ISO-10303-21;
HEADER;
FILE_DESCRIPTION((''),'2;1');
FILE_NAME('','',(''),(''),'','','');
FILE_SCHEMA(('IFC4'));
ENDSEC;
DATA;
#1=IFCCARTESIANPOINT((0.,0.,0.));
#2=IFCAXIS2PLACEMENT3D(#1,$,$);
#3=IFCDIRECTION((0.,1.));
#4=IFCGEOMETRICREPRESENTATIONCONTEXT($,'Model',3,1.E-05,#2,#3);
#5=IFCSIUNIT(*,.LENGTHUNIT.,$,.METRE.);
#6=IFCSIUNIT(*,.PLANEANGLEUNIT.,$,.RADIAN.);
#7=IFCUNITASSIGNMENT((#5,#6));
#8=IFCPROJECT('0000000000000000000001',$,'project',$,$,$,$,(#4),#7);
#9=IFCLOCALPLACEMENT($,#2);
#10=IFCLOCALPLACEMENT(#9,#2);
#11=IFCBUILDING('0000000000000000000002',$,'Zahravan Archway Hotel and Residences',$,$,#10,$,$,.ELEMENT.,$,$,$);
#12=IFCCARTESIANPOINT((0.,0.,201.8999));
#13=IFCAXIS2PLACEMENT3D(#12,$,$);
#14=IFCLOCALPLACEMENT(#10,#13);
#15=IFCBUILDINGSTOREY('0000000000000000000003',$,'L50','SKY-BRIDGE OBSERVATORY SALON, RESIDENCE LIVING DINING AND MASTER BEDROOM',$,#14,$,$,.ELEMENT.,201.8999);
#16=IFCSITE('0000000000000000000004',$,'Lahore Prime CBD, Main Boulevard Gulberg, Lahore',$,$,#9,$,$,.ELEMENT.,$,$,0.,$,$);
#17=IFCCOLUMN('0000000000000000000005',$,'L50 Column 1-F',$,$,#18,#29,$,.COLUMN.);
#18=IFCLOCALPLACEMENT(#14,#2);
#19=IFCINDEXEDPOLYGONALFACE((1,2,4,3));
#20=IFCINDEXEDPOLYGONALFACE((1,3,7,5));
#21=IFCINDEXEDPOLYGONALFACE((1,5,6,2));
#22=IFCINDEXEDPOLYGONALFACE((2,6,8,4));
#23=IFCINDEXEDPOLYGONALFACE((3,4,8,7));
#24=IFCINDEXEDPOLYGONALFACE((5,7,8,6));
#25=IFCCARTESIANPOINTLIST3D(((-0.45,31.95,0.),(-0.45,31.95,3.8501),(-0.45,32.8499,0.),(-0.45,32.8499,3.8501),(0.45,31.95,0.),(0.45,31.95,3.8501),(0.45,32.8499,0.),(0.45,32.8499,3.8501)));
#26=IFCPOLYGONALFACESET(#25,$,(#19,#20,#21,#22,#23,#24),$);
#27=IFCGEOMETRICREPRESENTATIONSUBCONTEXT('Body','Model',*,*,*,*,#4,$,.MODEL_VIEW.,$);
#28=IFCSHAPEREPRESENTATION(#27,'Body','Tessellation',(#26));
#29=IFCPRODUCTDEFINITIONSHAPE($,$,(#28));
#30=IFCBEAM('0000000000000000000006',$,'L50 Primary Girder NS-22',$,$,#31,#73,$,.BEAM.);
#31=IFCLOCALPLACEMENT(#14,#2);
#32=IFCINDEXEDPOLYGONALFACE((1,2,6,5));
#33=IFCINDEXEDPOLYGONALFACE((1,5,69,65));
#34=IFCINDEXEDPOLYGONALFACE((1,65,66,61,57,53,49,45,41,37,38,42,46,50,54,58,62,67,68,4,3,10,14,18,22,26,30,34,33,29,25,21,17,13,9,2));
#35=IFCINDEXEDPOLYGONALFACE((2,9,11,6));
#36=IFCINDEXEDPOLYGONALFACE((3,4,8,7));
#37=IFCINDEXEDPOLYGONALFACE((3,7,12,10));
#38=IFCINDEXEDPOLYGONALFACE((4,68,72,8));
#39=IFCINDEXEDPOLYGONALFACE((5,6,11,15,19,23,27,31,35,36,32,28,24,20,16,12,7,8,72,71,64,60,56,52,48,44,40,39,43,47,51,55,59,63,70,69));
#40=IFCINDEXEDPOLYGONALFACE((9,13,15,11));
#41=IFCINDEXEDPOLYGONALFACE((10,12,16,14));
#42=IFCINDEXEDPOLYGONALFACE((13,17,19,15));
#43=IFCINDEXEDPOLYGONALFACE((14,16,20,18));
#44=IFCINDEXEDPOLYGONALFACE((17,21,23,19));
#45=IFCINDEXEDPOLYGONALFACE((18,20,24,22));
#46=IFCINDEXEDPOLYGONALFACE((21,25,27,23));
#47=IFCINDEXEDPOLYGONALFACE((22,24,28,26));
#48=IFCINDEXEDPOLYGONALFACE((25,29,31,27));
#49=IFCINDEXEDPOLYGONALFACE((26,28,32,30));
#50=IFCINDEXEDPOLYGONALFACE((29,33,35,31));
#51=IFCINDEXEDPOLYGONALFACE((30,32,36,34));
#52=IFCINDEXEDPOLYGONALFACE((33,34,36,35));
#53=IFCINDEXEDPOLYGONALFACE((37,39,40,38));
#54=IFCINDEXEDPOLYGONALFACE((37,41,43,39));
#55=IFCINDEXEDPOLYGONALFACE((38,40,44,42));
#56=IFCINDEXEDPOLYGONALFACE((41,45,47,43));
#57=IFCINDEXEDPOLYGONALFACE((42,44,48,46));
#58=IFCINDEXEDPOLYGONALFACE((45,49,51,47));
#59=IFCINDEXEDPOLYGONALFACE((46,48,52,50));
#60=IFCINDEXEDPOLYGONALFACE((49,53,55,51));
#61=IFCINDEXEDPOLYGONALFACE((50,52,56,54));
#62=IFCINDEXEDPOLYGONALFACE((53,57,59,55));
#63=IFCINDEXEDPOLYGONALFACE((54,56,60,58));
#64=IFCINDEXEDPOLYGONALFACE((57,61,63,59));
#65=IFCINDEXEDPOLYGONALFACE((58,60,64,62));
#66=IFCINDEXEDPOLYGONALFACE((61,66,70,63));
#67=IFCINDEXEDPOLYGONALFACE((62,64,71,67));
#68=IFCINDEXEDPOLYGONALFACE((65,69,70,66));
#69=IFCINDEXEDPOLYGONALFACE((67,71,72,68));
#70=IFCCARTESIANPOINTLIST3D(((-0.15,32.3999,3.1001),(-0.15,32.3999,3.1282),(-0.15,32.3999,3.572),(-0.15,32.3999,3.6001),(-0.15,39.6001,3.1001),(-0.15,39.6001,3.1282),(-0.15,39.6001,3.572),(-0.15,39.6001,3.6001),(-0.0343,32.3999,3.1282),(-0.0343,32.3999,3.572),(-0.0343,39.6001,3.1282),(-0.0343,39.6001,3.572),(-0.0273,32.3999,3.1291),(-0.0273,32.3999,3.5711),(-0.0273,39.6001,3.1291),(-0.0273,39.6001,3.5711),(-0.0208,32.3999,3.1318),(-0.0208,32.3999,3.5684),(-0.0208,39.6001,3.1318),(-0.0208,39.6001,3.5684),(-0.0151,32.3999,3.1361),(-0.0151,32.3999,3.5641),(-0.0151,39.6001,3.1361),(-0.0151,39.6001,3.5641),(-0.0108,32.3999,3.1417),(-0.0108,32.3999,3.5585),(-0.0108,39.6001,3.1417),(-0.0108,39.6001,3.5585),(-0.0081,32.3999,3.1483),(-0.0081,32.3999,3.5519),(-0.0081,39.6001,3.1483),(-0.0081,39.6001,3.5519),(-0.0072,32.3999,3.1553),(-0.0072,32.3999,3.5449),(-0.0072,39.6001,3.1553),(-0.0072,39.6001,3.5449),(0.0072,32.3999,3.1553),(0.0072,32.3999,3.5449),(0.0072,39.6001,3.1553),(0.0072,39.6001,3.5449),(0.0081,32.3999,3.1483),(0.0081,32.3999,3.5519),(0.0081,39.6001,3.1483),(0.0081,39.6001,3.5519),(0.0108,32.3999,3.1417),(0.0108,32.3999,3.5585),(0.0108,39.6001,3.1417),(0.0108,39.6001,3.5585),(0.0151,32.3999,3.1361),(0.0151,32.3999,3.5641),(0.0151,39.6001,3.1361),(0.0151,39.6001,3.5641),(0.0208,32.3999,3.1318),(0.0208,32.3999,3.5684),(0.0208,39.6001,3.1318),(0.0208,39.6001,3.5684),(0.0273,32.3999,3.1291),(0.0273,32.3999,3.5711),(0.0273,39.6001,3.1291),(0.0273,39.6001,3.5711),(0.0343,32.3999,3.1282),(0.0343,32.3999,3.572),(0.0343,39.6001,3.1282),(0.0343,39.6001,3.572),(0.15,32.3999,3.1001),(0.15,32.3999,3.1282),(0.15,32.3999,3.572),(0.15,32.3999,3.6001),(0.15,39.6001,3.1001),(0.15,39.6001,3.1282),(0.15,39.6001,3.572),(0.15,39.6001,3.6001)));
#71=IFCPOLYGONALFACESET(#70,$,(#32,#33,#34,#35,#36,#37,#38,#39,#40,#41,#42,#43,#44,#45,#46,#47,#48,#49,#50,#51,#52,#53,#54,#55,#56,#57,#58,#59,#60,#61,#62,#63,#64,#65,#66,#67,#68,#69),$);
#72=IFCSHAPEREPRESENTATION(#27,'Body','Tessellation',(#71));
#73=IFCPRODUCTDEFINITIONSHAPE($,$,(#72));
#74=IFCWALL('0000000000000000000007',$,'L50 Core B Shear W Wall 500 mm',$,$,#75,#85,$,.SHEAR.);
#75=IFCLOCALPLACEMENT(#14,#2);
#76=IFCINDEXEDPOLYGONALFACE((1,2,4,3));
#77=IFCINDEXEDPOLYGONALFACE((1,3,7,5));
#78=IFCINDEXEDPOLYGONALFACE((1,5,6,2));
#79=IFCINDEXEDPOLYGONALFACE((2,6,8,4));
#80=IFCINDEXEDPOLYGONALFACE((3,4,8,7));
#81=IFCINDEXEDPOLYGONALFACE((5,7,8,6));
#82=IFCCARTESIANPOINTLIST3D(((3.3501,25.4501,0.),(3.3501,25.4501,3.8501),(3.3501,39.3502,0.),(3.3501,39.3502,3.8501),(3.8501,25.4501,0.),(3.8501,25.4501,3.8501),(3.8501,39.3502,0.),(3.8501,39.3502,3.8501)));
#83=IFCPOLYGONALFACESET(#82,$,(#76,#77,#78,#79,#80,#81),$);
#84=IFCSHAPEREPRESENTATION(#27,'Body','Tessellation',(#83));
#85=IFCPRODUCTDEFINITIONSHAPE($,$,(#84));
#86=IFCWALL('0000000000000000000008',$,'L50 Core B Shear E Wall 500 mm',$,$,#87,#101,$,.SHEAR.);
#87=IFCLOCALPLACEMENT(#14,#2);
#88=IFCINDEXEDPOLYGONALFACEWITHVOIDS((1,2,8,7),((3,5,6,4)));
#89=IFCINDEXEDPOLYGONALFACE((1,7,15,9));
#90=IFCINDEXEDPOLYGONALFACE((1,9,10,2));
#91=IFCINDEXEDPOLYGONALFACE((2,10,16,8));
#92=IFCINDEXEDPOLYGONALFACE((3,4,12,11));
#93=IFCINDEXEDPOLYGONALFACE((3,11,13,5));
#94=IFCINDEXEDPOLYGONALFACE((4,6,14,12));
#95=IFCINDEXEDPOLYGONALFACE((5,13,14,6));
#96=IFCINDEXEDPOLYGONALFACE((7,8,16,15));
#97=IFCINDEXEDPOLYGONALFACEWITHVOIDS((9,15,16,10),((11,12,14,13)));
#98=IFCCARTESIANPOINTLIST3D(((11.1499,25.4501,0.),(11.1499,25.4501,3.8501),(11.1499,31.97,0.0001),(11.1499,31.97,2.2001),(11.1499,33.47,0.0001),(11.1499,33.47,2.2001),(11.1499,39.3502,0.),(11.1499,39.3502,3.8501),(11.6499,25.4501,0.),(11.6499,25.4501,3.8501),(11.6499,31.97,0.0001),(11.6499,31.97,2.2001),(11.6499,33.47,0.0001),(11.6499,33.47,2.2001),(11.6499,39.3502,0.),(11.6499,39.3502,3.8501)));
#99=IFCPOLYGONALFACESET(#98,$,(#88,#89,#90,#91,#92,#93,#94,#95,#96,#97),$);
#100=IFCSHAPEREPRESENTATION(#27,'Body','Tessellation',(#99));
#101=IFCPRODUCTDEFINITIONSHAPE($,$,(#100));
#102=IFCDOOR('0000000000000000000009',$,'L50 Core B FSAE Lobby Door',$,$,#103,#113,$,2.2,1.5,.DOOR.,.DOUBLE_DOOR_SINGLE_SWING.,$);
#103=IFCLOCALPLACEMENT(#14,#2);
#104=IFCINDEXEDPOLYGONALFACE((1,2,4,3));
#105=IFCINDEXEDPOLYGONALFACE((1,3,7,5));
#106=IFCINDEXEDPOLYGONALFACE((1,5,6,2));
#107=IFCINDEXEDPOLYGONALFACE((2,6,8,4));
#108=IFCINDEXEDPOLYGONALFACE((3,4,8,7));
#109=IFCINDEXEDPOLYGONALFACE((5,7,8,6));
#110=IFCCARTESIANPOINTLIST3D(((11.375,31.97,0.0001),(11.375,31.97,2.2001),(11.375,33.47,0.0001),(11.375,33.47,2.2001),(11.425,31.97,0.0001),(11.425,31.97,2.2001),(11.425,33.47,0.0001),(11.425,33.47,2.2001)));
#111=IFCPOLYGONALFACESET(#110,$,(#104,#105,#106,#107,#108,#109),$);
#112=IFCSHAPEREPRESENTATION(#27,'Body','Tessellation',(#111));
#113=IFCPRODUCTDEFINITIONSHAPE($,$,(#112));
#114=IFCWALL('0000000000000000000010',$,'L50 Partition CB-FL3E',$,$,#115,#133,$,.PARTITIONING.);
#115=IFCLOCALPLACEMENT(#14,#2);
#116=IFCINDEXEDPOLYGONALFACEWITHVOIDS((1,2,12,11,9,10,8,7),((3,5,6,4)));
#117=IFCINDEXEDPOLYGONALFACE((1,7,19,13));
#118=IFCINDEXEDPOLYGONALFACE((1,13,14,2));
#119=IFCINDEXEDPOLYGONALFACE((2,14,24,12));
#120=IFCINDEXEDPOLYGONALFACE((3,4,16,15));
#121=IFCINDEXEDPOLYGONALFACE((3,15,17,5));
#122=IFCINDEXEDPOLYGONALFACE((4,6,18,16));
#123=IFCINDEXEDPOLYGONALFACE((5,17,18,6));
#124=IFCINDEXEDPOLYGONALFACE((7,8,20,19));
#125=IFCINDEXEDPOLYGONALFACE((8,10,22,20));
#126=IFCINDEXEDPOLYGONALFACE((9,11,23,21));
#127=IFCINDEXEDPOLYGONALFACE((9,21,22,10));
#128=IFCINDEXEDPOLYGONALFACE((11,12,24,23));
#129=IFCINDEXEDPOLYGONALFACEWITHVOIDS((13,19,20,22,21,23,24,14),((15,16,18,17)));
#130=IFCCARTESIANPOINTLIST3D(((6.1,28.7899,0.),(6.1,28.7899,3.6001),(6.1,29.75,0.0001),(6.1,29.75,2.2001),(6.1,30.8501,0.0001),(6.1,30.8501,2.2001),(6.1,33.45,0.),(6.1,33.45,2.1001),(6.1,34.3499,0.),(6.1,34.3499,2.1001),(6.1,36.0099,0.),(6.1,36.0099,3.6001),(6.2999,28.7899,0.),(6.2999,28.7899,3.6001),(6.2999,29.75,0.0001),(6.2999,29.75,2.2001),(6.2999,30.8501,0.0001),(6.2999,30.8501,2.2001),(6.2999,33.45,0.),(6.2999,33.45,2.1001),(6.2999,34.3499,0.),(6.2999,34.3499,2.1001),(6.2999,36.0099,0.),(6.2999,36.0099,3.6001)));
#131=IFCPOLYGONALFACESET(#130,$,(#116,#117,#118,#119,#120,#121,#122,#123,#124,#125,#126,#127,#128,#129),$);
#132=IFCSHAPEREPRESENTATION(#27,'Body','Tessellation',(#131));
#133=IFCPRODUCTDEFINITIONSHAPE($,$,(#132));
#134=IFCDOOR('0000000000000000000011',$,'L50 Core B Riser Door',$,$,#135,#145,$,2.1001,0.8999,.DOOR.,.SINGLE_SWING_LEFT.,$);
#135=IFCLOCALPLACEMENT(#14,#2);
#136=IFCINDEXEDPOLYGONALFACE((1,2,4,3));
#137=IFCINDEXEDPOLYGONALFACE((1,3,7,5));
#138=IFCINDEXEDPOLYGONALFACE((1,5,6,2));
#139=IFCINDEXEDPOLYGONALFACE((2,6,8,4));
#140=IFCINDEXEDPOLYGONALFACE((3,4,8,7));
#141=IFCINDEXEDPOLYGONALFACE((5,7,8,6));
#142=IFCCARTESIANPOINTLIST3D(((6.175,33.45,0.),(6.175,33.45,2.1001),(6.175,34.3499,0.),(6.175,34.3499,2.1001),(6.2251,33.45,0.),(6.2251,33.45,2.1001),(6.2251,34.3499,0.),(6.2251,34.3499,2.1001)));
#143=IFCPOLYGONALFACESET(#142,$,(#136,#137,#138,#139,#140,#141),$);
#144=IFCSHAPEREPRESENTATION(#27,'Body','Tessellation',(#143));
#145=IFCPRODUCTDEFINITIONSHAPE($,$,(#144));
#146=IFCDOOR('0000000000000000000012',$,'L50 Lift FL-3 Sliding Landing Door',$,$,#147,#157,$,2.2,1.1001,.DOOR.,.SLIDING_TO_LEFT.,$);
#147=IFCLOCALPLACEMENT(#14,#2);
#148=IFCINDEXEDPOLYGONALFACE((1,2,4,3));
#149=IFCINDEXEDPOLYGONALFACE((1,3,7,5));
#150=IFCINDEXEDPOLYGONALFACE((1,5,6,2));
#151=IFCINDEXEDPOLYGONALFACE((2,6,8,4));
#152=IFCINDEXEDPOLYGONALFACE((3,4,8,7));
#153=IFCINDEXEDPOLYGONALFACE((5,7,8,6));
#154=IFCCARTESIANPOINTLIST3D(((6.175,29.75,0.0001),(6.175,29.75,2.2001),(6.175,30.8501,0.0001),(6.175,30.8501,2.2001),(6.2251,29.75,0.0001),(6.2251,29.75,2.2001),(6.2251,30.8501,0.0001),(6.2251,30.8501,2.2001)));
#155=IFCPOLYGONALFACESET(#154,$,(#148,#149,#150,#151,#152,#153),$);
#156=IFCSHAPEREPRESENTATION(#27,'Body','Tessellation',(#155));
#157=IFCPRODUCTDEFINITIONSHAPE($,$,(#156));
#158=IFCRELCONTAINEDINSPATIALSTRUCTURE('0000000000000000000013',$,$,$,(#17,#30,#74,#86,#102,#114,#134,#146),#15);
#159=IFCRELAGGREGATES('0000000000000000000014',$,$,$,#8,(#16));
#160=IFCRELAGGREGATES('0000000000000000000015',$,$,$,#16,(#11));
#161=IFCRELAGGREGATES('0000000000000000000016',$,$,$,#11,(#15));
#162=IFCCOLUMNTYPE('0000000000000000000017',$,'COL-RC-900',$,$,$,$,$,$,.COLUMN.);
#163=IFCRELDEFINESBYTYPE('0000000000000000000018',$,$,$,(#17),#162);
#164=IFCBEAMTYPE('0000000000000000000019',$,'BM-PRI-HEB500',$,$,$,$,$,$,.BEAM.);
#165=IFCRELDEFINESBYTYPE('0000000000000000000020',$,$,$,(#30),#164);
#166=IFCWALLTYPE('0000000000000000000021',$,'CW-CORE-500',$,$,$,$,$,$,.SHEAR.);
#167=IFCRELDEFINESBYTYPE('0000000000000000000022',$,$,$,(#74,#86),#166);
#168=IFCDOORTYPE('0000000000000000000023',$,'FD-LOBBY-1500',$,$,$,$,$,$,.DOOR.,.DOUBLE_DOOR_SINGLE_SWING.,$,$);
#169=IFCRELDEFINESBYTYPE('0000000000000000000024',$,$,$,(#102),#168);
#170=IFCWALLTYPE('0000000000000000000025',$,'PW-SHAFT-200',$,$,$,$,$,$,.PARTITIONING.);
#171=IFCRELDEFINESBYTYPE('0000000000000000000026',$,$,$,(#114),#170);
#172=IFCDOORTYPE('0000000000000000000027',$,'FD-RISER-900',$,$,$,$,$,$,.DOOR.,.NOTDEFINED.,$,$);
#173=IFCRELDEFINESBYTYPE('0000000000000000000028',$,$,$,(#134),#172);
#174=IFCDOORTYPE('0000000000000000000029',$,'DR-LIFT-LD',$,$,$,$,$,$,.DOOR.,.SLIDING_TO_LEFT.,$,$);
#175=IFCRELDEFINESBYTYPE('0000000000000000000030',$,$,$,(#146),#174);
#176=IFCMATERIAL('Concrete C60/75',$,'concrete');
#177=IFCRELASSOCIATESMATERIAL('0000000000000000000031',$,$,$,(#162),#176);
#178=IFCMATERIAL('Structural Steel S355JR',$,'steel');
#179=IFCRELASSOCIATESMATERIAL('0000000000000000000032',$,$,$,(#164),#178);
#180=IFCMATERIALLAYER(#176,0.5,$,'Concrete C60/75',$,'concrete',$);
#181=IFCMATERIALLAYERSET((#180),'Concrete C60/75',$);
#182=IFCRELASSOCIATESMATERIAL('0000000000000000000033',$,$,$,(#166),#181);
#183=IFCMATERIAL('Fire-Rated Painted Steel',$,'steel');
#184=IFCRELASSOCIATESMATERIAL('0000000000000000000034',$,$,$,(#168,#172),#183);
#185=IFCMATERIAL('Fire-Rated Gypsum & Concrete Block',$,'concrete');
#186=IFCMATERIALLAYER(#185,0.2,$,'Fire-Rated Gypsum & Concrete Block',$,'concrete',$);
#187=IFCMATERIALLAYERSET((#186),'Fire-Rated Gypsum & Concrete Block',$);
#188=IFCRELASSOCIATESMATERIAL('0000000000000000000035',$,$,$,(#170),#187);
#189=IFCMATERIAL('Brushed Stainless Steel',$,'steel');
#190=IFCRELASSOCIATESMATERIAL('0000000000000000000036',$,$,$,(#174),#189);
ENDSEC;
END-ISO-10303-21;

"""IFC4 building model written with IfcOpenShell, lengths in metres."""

from ifc_helpers import new_model, si_unit, direction, frame, frame_2d, origin, origin_2d, place, context, subcontext, project, spatial, rectangle, i_section, extrude, source, transform, mapped, material, layer, layer_set, material_profile, profile_set, type_object, type_shapes, element, fill, save


model = new_model("IFC4")

# Units and contexts
model_context = context("Model", 3, precision=1e-05, world=origin(), true_north=direction((0.0, 1.0)))
body_context = subcontext(model_context, "Body", "Model", "MODEL_VIEW")
ifc_project = project(units=[si_unit("LENGTHUNIT", "METRE"), si_unit("PLANEANGLEUNIT", "RADIAN")], contexts=[model_context])

# Site, building, storey
site_placement = place(None, origin())
site = spatial("IfcSite", under=ifc_project, at=site_placement, Name="Lahore Prime CBD, Main Boulevard Gulberg, Lahore", CompositionType="ELEMENT", RefElevation=0.0)
building_placement = place(site_placement, origin())
building = spatial("IfcBuilding", under=site, at=building_placement, Name="Zahravan Archway Hotel and Residences", CompositionType="ELEMENT")
storey_placement = place(building_placement, frame((0.0, 0.0, 201.8999)))
storey = spatial("IfcBuildingStorey", under=building, at=storey_placement, Name="L50", Description="SKY-BRIDGE OBSERVATORY SALON, RESIDENCE LIVING DINING AND MASTER BEDROOM", CompositionType="ELEMENT", Elevation=201.8999)

# Column
ifc_material_1 = material(Name="Concrete C60/75", Category="concrete")
ifc_material_profile_1 = material_profile(ifc_material_1, rectangle(XDim=0.8999, YDim=0.8999, at=origin_2d()), Name="RC-COL-900x900", Category="concrete")
ifc_profile_set_1 = profile_set([ifc_material_profile_1], Name="Concrete C60/75")
column_type = type_object("IfcColumnType", Name="COL-RC-900", PredefinedType="COLUMN", material=ifc_profile_set_1)
shared_shape_1 = source(origin(), body_context, "Body", "SweptSolid", [
    extrude(rectangle(XDim=0.8999, YDim=0.8999, at=origin_2d()), origin(), (0.0, 0.0, 1.0), 3.8501),
])
type_shapes(column_type, [shared_shape_1])
column_placement = place(storey_placement, frame((0.0, 32.3999, 0.0), z_axis=(0.0, 0.0, 1.0), x_axis=(1.0, 0.0, 0.0)))
element("IfcColumn", 1, at=column_placement, inside=storey, type_object=column_type, Name="L50 Column 1-F", PredefinedType="COLUMN", context=body_context, shape_type="MappedRepresentation", body=[
    mapped(shared_shape_1, transform((0.0, 0.0, 0.0), scale=1.0)),
])

# Beam
ifc_material_2 = material(Name="Structural Steel S355JR", Category="steel")
ifc_material_profile_2 = material_profile(ifc_material_2, i_section(OverallWidth=0.3, OverallDepth=0.5, WebThickness=0.0144, FlangeThickness=0.0281, FilletRadius=0.0271, at=origin_2d()), Name="HEB 500", Category="steel")
ifc_profile_set_2 = profile_set([ifc_material_profile_2], Name="Structural Steel S355JR")
beam_type = type_object("IfcBeamType", Name="BM-PRI-HEB500", PredefinedType="BEAM", material=ifc_profile_set_2)
shared_shape_2 = source(origin(), body_context, "Body", "SweptSolid", [
    extrude(i_section(OverallWidth=0.3, OverallDepth=0.5, WebThickness=0.0144, FlangeThickness=0.0281, FilletRadius=0.0271, at=origin_2d()), origin(), (0.0, 0.0, 1.0), 7.2002),
])
type_shapes(beam_type, [shared_shape_2])
beam_placement = place(storey_placement, frame((0.0, 32.3999, 3.3501), z_axis=(0.0, 1.0, 0.0), x_axis=(-1.0, 0.0, 0.0)))
element("IfcBeam", 2, at=beam_placement, inside=storey, type_object=beam_type, Name="L50 Primary Girder NS-22", PredefinedType="BEAM", context=body_context, shape_type="MappedRepresentation", body=[
    mapped(shared_shape_2, transform((0.0, 0.0, 0.0), scale=1.0)),
])

# Wall
ifc_layer_1 = layer(ifc_material_1, 0.5, Name="Concrete C60/75", Category="concrete")
ifc_layer_set_1 = layer_set([ifc_layer_1], Name="Concrete C60/75")
wall_type_1 = type_object("IfcWallType", Name="CW-CORE-500", PredefinedType="SHEAR", material=ifc_layer_set_1)
wall_1_placement = place(storey_placement, frame((3.6001, 25.45, 0.0), z_axis=(0.0, 0.0, 1.0), x_axis=(0.0, 1.0, 0.0)))
element("IfcWall", 3, at=wall_1_placement, inside=storey, type_object=wall_type_1, Name="L50 Core B Shear W Wall 500 mm", PredefinedType="SHEAR", context=body_context, shape_type="SweptSolid", body=[
    extrude(rectangle(XDim=13.9001, YDim=0.5, at=frame_2d((6.9502, 0.0))), origin(), (0.0, 0.0, 1.0), 3.8501),
])

# Wall, opening, door
wall_2_placement = place(storey_placement, frame((11.3999, 25.45, 0.0), z_axis=(0.0, 0.0, 1.0), x_axis=(0.0, 1.0, 0.0)))
wall_2 = element("IfcWall", 4, at=wall_2_placement, inside=storey, type_object=wall_type_1, Name="L50 Core B Shear E Wall 500 mm", PredefinedType="SHEAR", context=body_context, shape_type="SweptSolid", body=[
    extrude(rectangle(XDim=13.9001, YDim=0.5, at=frame_2d((6.9502, 0.0))), origin(), (0.0, 0.0, 1.0), 3.8501),
])
opening_1_placement = place(wall_2_placement, frame((6.52, 0.0, 0.0)))
opening_1 = element("IfcOpeningElement", 5, at=opening_1_placement, cuts=wall_2, PredefinedType="OPENING", context=body_context, shape_type="SweptSolid", body=[
    extrude(rectangle(XDim=1.5, YDim=2.2, at=frame_2d((0.75, 1.1001))), frame((0.0, 0.26, 0.0), z_axis=(0.0, -1.0, 0.0), x_axis=(1.0, 0.0, 0.0)), (0.0, 0.0, 1.0), 0.52),
])
ifc_material_3 = material(Name="Fire-Rated Painted Steel", Category="steel")
door_type_1 = type_object("IfcDoorType", Name="FD-LOBBY-1500", OperationType="DOUBLE_DOOR_SINGLE_SWING", PredefinedType="DOOR", material=ifc_material_3)
shared_shape_3 = source(origin(), body_context, "Body", "SweptSolid", [
    extrude(rectangle(XDim=1.5, YDim=2.2, at=frame_2d((0.75, 1.1001))), frame((0.0, 0.0249, 0.0), z_axis=(0.0, -1.0, 0.0), x_axis=(1.0, 0.0, 0.0)), (0.0, 0.0, 1.0), 0.05),
])
type_shapes(door_type_1, [shared_shape_3])
door_1_placement = place(opening_1_placement, origin())
door_1 = element("IfcDoor", 6, at=door_1_placement, inside=storey, type_object=door_type_1, Name="L50 Core B FSAE Lobby Door", OperationType="DOUBLE_DOOR_SINGLE_SWING", OverallHeight=2.2, OverallWidth=1.5, PredefinedType="DOOR", context=body_context, shape_type="MappedRepresentation", body=[
    mapped(shared_shape_3, transform((0.0, 0.0, 0.0), scale=1.0)),
])
fill(opening_1, door_1)

# Wall, openings, doors
ifc_material_4 = material(Name="Fire-Rated Gypsum & Concrete Block", Category="concrete")
ifc_layer_2 = layer(ifc_material_4, 0.2, Name="Fire-Rated Gypsum & Concrete Block", Category="concrete")
ifc_layer_set_2 = layer_set([ifc_layer_2], Name="Fire-Rated Gypsum & Concrete Block")
wall_type_2 = type_object("IfcWallType", Name="PW-SHAFT-200", PredefinedType="PARTITIONING", material=ifc_layer_set_2)
wall_3_placement = place(storey_placement, frame((6.2, 28.79, 0.0), z_axis=(0.0, 0.0, 1.0), x_axis=(0.0, 1.0, 0.0)))
wall_3 = element("IfcWall", 7, at=wall_3_placement, inside=storey, type_object=wall_type_2, Name="L50 Partition CB-FL3E", PredefinedType="PARTITIONING", context=body_context, shape_type="SweptSolid", body=[
    extrude(rectangle(XDim=7.22, YDim=0.2, at=frame_2d((3.6099, 0.0))), origin(), (0.0, 0.0, 1.0), 3.6001),
])
opening_2_placement = place(wall_3_placement, frame((4.6599, 0.0, 0.0)))
opening_2 = element("IfcOpeningElement", 8, at=opening_2_placement, cuts=wall_3, PredefinedType="OPENING", context=body_context, shape_type="SweptSolid", body=[
    extrude(rectangle(XDim=0.8999, YDim=2.1001, at=frame_2d((0.45, 1.05))), frame((0.0, 0.1099, 0.0), z_axis=(0.0, -1.0, 0.0), x_axis=(1.0, 0.0, 0.0)), (0.0, 0.0, 1.0), 0.22),
])
opening_3_placement = place(wall_3_placement, frame((0.96, 0.0, 0.0)))
opening_3 = element("IfcOpeningElement", 9, at=opening_3_placement, cuts=wall_3, PredefinedType="OPENING", context=body_context, shape_type="SweptSolid", body=[
    extrude(rectangle(XDim=1.1001, YDim=2.2, at=frame_2d((0.55, 1.1001))), frame((0.0, 0.1099, 0.0), z_axis=(0.0, -1.0, 0.0), x_axis=(1.0, 0.0, 0.0)), (0.0, 0.0, 1.0), 0.22),
])
door_type_2 = type_object("IfcDoorType", Name="FD-RISER-900", OperationType="NOTDEFINED", PredefinedType="DOOR", material=ifc_material_3)
shared_shape_4 = source(origin(), body_context, "Body", "SweptSolid", [
    extrude(rectangle(XDim=0.8999, YDim=2.1001, at=frame_2d((0.45, 1.05))), frame((0.0, 0.0249, 0.0), z_axis=(0.0, -1.0, 0.0), x_axis=(1.0, 0.0, 0.0)), (0.0, 0.0, 1.0), 0.05),
])
type_shapes(door_type_2, [shared_shape_4])
door_2_placement = place(opening_2_placement, origin())
door_2 = element("IfcDoor", 10, at=door_2_placement, inside=storey, type_object=door_type_2, Name="L50 Core B Riser Door", OperationType="SINGLE_SWING_LEFT", OverallHeight=2.1001, OverallWidth=0.8999, PredefinedType="DOOR", context=body_context, shape_type="MappedRepresentation", body=[
    mapped(shared_shape_4, transform((0.0, 0.0, 0.0), scale=1.0)),
])
fill(opening_2, door_2)
ifc_material_5 = material(Name="Brushed Stainless Steel", Category="steel")
door_type_3 = type_object("IfcDoorType", Name="DR-LIFT-LD", OperationType="SLIDING_TO_LEFT", PredefinedType="DOOR", material=ifc_material_5)
shared_shape_5 = source(origin(), body_context, "Body", "SweptSolid", [
    extrude(rectangle(XDim=1.1001, YDim=2.2, at=frame_2d((0.55, 1.1001))), frame((0.0, 0.0249, 0.0), z_axis=(0.0, -1.0, 0.0), x_axis=(1.0, 0.0, 0.0)), (0.0, 0.0, 1.0), 0.05),
])
type_shapes(door_type_3, [shared_shape_5])
door_3_placement = place(opening_3_placement, origin())
door_3 = element("IfcDoor", 11, at=door_3_placement, inside=storey, type_object=door_type_3, Name="L50 Lift FL-3 Sliding Landing Door", OperationType="SLIDING_TO_LEFT", OverallHeight=2.2, OverallWidth=1.1001, PredefinedType="DOOR", context=body_context, shape_type="MappedRepresentation", body=[
    mapped(shared_shape_5, transform((0.0, 0.0, 0.0), scale=1.0)),
])
fill(opening_3, door_3)

save(model, "model.ifc")
